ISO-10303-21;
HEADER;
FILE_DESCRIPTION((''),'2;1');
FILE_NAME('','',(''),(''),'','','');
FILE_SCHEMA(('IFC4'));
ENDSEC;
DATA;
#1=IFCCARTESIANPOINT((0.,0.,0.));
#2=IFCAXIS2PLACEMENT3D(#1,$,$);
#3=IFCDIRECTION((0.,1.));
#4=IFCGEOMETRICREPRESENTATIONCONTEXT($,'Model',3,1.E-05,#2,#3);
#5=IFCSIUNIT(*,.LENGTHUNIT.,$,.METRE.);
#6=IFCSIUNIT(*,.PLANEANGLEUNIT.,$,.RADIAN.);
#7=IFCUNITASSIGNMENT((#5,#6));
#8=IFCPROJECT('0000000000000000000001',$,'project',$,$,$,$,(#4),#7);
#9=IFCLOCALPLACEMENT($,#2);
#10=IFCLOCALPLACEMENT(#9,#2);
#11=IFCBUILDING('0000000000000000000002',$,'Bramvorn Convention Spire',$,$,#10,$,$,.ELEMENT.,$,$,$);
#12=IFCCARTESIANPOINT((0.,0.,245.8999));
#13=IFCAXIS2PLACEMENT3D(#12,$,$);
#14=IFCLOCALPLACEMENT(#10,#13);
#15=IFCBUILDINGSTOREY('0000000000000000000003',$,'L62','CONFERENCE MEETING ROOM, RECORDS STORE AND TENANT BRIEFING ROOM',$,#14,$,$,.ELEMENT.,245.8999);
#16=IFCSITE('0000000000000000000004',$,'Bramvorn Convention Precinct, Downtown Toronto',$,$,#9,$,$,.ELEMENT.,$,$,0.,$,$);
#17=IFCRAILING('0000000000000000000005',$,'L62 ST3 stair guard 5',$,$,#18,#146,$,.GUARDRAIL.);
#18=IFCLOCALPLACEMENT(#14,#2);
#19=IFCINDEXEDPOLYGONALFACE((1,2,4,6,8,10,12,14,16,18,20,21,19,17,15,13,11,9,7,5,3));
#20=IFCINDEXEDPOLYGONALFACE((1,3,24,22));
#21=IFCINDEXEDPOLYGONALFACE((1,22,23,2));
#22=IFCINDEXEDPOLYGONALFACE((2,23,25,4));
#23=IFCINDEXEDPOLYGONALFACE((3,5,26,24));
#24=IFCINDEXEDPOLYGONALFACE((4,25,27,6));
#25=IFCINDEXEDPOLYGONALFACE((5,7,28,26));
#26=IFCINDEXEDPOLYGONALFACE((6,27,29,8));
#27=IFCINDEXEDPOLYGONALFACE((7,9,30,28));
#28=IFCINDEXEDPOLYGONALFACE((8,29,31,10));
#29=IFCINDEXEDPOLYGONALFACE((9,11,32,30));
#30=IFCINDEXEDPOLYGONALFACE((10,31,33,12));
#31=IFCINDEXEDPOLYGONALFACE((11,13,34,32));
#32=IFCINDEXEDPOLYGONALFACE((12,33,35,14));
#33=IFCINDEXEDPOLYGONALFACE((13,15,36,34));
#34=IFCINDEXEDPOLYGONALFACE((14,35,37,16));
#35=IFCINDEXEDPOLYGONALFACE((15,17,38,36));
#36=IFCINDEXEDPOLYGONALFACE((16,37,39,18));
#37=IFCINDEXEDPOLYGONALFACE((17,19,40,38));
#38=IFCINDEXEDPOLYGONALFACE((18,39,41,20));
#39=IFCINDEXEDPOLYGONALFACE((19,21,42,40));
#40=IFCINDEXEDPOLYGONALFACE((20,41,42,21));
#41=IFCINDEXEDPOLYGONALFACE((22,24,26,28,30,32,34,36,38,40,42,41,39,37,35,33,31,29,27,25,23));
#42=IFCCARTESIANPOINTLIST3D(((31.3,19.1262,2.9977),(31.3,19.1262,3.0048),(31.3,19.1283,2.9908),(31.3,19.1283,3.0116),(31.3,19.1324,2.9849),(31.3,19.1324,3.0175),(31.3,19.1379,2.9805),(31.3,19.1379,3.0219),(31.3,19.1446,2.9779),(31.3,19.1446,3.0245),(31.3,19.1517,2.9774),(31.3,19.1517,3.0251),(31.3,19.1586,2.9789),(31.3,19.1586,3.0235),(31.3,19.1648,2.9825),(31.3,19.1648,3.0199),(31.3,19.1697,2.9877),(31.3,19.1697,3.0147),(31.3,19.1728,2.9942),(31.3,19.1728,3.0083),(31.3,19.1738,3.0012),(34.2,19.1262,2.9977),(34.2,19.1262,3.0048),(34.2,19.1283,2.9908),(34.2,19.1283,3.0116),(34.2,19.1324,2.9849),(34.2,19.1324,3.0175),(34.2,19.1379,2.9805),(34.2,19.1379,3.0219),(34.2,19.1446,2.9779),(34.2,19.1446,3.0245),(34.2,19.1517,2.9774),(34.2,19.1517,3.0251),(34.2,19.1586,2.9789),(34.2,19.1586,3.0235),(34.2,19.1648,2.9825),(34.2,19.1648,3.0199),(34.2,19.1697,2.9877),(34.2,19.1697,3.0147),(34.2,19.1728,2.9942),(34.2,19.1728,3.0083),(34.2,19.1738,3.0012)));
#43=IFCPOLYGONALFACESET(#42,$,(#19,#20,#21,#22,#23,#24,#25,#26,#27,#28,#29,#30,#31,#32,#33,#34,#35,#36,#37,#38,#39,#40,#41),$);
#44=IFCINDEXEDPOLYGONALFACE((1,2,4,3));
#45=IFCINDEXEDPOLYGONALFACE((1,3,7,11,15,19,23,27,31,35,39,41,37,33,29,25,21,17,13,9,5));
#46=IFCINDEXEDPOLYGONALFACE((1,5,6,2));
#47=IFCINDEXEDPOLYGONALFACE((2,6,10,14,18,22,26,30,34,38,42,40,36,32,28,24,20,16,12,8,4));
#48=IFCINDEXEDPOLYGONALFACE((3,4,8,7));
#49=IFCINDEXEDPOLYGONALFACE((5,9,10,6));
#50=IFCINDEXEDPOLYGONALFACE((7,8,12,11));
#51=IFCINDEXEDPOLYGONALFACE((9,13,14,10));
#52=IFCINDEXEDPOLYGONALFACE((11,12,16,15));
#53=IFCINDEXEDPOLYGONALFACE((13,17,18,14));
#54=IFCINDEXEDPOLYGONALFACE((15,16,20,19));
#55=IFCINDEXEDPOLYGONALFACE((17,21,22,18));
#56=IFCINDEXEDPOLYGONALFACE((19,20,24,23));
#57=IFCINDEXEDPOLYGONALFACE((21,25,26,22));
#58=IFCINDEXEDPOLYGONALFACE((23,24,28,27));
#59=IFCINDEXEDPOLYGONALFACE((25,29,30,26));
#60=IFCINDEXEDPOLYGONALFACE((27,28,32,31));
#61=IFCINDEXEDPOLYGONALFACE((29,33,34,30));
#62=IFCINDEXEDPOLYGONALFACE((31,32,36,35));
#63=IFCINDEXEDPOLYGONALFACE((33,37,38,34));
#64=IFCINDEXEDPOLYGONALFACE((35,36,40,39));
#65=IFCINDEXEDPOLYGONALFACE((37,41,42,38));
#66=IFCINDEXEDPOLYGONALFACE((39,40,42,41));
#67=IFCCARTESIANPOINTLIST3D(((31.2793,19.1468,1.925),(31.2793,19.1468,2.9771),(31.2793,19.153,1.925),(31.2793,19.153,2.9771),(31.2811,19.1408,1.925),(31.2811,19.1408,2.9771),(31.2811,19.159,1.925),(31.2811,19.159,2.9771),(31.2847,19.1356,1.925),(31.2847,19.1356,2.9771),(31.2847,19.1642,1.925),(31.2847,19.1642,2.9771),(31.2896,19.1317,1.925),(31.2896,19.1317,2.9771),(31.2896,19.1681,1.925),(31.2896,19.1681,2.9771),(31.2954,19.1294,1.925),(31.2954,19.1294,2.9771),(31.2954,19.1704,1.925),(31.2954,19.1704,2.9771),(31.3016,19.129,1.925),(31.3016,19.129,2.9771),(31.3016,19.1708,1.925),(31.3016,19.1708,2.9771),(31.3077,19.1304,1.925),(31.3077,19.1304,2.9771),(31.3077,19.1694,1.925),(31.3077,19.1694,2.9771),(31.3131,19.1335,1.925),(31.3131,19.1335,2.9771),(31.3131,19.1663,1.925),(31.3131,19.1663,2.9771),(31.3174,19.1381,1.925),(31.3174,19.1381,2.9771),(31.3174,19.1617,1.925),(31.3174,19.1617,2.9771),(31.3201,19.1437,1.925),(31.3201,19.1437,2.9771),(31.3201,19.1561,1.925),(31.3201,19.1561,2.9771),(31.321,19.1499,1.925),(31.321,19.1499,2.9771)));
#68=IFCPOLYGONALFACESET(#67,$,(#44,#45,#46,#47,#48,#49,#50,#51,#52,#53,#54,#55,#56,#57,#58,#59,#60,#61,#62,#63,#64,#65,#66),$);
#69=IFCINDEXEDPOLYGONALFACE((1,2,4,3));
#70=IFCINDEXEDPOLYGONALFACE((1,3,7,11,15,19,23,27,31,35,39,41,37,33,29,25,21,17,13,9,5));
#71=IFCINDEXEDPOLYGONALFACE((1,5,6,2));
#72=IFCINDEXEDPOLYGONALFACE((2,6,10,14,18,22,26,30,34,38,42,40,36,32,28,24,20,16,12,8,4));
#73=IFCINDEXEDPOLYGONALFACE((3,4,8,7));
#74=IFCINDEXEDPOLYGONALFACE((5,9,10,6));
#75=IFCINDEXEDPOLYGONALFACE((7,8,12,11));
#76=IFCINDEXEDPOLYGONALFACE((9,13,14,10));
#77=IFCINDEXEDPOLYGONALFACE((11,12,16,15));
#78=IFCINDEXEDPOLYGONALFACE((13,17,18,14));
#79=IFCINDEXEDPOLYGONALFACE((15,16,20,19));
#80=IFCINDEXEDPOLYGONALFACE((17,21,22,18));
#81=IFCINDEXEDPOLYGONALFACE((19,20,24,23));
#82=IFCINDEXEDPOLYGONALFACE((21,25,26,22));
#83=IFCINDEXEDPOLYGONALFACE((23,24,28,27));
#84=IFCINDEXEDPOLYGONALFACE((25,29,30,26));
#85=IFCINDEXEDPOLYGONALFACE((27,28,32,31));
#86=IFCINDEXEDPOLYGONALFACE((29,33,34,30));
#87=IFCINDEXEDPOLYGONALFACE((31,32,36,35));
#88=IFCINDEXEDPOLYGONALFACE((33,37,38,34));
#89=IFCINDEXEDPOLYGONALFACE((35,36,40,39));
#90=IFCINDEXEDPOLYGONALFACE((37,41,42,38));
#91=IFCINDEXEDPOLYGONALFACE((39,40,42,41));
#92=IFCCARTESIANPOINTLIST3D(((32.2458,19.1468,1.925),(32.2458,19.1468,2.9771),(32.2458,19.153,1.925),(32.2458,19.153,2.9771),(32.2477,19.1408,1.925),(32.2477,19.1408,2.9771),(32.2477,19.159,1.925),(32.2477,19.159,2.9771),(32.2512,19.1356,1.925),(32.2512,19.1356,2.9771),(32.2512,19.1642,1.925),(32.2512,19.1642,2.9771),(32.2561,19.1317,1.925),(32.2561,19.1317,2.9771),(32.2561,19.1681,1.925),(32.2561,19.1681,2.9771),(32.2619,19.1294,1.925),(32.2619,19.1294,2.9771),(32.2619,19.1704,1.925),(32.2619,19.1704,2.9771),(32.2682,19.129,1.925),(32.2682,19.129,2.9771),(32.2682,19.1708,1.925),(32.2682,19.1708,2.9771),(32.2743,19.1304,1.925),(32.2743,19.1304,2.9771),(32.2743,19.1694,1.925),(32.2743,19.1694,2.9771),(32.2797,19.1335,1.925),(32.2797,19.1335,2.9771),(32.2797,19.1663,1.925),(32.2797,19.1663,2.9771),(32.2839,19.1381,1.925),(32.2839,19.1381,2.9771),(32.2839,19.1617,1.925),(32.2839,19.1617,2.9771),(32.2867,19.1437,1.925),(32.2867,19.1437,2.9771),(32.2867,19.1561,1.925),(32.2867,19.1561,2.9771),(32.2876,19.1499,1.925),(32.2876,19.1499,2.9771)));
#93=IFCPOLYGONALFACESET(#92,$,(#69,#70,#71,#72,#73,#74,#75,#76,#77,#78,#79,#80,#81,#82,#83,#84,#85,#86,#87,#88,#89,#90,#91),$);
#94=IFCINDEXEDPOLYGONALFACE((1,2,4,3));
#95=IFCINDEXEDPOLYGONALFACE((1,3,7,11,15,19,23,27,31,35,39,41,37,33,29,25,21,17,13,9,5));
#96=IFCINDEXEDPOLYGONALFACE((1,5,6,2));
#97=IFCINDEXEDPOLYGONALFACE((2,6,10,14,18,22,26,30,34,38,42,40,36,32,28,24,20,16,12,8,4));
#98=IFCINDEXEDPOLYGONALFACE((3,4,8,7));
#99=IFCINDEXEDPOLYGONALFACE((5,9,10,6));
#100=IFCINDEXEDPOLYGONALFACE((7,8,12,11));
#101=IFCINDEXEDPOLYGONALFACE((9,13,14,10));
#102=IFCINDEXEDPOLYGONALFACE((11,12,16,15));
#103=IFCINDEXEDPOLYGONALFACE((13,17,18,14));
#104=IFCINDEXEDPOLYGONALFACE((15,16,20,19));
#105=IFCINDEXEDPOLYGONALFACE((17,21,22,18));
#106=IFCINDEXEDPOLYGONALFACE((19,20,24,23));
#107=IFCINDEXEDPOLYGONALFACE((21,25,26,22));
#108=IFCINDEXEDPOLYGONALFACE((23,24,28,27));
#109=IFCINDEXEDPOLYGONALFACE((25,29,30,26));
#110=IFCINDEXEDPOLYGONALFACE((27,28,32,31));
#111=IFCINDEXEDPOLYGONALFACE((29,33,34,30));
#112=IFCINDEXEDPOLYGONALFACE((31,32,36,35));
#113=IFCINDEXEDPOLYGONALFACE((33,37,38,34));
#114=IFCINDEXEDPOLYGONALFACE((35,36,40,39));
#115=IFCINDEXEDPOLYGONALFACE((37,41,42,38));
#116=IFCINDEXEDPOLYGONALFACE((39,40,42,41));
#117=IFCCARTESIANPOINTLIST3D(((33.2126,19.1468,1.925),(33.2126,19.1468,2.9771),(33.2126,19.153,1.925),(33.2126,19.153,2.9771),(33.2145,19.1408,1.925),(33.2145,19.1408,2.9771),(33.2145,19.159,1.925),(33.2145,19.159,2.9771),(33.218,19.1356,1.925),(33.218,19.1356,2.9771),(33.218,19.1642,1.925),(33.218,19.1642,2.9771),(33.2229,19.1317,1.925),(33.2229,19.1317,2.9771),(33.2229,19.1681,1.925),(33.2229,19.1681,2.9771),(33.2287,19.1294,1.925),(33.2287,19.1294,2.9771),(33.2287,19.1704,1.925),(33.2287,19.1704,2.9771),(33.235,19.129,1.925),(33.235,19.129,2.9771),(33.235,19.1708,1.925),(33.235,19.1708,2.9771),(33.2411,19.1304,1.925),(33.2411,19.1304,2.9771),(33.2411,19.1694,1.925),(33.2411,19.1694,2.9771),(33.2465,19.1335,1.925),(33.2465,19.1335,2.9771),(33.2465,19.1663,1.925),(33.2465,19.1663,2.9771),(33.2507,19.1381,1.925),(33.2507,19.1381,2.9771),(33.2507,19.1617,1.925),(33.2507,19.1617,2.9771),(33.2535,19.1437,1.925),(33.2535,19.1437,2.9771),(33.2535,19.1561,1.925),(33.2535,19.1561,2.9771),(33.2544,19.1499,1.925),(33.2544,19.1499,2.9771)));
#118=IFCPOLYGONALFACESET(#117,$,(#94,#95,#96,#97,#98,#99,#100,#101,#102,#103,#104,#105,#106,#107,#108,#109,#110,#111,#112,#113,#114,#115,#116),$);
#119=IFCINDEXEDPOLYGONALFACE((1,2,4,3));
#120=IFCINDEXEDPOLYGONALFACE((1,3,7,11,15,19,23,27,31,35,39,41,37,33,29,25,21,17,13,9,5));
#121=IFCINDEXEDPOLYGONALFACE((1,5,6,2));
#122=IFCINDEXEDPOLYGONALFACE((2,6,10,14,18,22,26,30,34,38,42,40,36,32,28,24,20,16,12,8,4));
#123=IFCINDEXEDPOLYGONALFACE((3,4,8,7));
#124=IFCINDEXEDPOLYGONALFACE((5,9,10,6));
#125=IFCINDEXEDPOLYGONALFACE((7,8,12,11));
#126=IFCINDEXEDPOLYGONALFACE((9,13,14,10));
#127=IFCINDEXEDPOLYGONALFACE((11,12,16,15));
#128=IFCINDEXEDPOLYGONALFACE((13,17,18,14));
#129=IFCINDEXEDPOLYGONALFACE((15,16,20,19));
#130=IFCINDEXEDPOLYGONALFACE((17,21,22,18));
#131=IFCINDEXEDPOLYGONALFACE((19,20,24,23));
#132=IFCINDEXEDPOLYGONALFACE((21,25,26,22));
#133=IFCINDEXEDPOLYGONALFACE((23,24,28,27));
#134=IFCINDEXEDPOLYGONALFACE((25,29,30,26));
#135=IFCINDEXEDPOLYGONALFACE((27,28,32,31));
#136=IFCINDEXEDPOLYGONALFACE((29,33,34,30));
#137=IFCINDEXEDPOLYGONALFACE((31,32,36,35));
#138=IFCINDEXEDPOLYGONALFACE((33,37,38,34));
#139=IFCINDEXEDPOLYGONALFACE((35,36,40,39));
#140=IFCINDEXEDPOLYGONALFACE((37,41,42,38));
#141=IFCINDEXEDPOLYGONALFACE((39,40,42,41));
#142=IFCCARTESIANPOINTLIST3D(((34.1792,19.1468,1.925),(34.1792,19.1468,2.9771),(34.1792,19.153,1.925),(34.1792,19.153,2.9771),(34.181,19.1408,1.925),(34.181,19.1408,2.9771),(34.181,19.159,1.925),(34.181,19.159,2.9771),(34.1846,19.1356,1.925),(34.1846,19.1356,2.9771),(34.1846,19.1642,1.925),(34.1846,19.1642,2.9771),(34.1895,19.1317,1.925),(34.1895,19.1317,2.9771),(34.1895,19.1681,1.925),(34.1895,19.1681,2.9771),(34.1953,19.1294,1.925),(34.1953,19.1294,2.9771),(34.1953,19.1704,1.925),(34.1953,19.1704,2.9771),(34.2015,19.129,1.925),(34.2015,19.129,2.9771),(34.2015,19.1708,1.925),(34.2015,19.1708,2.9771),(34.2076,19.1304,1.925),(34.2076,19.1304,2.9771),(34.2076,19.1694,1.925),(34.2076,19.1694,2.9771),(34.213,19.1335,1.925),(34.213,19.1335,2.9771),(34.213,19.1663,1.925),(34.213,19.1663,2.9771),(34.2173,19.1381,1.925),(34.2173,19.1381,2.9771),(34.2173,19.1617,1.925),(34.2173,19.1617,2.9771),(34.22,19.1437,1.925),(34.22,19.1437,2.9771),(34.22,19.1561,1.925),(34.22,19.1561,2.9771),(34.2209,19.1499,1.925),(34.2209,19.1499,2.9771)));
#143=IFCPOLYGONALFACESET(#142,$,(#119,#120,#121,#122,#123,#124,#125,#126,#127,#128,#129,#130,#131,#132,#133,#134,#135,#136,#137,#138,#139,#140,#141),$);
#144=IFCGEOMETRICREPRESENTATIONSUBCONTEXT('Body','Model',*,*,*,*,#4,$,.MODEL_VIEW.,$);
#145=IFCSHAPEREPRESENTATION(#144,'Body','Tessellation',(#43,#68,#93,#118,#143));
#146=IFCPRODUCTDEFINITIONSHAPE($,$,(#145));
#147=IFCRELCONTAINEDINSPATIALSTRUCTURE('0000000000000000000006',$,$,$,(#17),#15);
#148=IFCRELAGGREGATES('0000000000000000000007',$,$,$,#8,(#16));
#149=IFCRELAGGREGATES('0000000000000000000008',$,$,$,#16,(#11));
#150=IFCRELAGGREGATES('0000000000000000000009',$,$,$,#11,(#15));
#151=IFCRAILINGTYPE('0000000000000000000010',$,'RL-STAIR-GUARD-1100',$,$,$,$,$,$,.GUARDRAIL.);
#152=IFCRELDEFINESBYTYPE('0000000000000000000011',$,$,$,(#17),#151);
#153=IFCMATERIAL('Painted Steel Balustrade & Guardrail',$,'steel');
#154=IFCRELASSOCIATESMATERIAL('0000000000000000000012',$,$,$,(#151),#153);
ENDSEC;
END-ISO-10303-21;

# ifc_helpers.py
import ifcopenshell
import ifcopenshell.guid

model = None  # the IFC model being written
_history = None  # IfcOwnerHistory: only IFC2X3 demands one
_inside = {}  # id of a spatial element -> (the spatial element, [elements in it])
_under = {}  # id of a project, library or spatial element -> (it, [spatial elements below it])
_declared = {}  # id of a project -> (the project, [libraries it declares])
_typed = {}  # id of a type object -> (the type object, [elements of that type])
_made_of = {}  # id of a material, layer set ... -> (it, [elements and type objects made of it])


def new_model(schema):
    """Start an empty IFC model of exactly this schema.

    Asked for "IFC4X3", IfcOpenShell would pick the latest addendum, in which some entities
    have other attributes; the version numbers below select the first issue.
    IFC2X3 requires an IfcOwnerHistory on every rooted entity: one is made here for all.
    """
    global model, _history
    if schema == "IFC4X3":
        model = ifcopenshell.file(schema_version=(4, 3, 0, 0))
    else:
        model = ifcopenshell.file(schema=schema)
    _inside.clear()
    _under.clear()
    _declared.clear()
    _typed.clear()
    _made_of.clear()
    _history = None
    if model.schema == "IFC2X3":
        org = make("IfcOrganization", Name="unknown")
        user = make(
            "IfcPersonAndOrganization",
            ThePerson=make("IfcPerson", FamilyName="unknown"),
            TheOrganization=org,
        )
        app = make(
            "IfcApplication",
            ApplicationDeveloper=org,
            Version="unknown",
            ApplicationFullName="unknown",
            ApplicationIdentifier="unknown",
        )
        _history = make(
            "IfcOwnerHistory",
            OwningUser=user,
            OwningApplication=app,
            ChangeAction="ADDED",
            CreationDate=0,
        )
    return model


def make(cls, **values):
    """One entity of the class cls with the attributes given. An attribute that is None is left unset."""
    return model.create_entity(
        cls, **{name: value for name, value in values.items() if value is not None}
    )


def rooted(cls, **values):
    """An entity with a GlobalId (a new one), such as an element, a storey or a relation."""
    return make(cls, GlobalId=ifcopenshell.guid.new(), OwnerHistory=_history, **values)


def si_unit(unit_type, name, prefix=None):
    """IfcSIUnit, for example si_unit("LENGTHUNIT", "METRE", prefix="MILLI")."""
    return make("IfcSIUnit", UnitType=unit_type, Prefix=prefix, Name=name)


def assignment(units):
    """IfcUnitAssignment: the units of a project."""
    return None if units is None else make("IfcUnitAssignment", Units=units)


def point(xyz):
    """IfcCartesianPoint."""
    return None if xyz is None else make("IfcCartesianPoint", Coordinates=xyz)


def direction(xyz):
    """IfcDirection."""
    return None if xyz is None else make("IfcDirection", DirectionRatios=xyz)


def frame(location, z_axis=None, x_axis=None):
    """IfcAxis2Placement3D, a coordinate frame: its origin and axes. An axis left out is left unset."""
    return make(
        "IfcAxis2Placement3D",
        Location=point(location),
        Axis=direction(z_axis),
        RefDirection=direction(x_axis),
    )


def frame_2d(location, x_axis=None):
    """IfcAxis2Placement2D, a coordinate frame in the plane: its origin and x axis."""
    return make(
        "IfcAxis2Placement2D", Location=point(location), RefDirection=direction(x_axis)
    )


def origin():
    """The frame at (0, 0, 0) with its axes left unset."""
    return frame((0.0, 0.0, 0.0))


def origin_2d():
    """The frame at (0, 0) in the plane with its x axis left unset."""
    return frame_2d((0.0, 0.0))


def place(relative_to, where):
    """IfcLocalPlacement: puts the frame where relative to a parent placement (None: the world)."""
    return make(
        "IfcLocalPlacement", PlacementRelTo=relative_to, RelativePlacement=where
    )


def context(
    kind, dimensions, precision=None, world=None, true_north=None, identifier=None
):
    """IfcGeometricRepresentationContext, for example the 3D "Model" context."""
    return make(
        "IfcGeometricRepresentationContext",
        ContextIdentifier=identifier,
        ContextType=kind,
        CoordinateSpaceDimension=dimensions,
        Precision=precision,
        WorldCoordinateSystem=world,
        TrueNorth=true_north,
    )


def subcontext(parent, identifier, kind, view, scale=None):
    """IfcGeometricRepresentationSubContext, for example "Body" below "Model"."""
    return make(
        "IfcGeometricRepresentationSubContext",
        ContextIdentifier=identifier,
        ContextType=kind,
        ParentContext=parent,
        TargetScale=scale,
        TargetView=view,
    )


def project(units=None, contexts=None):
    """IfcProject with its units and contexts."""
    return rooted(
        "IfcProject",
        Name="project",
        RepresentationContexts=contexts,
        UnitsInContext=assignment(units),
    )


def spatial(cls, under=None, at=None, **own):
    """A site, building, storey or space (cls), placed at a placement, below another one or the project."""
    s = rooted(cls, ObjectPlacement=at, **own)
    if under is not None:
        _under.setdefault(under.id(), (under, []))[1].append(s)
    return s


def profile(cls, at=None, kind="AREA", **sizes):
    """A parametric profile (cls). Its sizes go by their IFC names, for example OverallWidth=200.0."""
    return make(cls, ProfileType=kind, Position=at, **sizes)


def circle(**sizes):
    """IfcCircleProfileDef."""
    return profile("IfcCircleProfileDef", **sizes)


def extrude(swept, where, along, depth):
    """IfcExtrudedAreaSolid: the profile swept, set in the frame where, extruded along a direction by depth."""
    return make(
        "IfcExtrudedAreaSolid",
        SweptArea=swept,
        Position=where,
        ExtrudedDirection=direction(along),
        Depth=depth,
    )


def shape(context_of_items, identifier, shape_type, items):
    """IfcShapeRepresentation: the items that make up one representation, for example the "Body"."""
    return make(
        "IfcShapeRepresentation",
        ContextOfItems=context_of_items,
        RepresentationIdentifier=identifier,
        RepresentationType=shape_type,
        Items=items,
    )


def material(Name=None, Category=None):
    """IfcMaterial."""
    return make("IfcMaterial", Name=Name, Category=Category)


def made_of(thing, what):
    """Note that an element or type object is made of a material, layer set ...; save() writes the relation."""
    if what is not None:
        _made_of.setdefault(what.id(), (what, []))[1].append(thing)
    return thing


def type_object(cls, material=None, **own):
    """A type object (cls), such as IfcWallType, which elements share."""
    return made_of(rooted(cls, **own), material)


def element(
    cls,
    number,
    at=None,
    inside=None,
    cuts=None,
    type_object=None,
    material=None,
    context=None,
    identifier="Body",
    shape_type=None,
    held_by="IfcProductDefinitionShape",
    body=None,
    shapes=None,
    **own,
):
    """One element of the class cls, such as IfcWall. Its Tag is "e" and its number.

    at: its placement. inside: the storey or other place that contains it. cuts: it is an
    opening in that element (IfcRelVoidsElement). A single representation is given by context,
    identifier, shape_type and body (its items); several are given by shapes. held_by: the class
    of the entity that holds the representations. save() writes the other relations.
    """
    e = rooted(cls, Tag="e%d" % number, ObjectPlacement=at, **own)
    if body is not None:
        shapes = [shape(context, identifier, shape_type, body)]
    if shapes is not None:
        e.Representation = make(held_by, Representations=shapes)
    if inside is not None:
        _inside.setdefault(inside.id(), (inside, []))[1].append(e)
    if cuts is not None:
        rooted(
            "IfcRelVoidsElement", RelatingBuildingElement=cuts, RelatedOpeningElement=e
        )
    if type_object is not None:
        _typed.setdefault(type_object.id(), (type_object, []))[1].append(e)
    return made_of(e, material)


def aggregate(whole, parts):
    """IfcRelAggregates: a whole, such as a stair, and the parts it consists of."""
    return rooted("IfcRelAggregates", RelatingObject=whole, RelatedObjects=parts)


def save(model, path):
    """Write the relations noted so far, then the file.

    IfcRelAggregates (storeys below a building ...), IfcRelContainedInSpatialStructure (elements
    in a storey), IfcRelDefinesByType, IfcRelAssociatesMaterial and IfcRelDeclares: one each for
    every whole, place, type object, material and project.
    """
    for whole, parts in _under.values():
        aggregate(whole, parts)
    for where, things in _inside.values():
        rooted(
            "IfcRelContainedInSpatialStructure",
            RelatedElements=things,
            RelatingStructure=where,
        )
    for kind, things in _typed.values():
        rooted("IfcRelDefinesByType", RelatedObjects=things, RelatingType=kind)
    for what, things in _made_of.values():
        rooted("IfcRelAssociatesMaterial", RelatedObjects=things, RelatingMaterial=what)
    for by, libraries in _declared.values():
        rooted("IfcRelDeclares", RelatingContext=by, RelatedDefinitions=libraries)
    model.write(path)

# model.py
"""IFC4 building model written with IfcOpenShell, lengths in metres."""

from ifc_helpers import new_model, si_unit, direction, frame, origin, origin_2d, place, context, subcontext, project, spatial, circle, extrude, material, type_object, element, save


model = new_model("IFC4")

# Units and contexts
model_context = context("Model", 3, precision=1e-05, world=origin(), true_north=direction((0.0, 1.0)))
body_context = subcontext(model_context, "Body", "Model", "MODEL_VIEW")
ifc_project = project(units=[si_unit("LENGTHUNIT", "METRE"), si_unit("PLANEANGLEUNIT", "RADIAN")], contexts=[model_context])

# Site, building, storey
site_placement = place(None, origin())
site = spatial("IfcSite", under=ifc_project, at=site_placement, Name="Bramvorn Convention Precinct, Downtown Toronto", CompositionType="ELEMENT", RefElevation=0.0)
building_placement = place(site_placement, origin())
building = spatial("IfcBuilding", under=site, at=building_placement, Name="Bramvorn Convention Spire", CompositionType="ELEMENT")
storey_placement = place(building_placement, frame((0.0, 0.0, 245.8999)))
storey = spatial("IfcBuildingStorey", under=building, at=storey_placement, Name="L62", Description="CONFERENCE MEETING ROOM, RECORDS STORE AND TENANT BRIEFING ROOM", CompositionType="ELEMENT", Elevation=245.8999)

# Railing
ifc_material_1 = material(Name="Painted Steel Balustrade & Guardrail", Category="steel")
railing_type_1 = type_object("IfcRailingType", Name="RL-STAIR-GUARD-1100", PredefinedType="GUARDRAIL", material=ifc_material_1)
railing_1_placement = place(storey_placement, frame((31.3, 19.1499, 1.925)))
element("IfcRailing", 1, at=railing_1_placement, inside=storey, type_object=railing_type_1, Name="L62 ST3 stair guard 5", PredefinedType="GUARDRAIL", context=body_context, shape_type="SweptSolid", body=[
    extrude(circle(Radius=0.0239, at=origin_2d()), frame((0.0, 0.0, 1.0762), z_axis=(1.0, 0.0, 0.0), x_axis=(0.0, 1.0, 0.0)), (0.0, 0.0, 1.0), 2.8999),
    extrude(circle(Radius=0.021, at=origin_2d()), origin(), (0.0, 0.0, 1.0), 1.052),
    extrude(circle(Radius=0.021, at=origin_2d()), frame((0.9666, 0.0, 0.0)), (0.0, 0.0, 1.0), 1.052),
    extrude(circle(Radius=0.021, at=origin_2d()), frame((1.9333, 0.0, 0.0)), (0.0, 0.0, 1.0), 1.052),
    extrude(circle(Radius=0.021, at=origin_2d()), frame((2.8999, 0.0, 0.0)), (0.0, 0.0, 1.0), 1.052),
])

save(model, "model.ifc")
